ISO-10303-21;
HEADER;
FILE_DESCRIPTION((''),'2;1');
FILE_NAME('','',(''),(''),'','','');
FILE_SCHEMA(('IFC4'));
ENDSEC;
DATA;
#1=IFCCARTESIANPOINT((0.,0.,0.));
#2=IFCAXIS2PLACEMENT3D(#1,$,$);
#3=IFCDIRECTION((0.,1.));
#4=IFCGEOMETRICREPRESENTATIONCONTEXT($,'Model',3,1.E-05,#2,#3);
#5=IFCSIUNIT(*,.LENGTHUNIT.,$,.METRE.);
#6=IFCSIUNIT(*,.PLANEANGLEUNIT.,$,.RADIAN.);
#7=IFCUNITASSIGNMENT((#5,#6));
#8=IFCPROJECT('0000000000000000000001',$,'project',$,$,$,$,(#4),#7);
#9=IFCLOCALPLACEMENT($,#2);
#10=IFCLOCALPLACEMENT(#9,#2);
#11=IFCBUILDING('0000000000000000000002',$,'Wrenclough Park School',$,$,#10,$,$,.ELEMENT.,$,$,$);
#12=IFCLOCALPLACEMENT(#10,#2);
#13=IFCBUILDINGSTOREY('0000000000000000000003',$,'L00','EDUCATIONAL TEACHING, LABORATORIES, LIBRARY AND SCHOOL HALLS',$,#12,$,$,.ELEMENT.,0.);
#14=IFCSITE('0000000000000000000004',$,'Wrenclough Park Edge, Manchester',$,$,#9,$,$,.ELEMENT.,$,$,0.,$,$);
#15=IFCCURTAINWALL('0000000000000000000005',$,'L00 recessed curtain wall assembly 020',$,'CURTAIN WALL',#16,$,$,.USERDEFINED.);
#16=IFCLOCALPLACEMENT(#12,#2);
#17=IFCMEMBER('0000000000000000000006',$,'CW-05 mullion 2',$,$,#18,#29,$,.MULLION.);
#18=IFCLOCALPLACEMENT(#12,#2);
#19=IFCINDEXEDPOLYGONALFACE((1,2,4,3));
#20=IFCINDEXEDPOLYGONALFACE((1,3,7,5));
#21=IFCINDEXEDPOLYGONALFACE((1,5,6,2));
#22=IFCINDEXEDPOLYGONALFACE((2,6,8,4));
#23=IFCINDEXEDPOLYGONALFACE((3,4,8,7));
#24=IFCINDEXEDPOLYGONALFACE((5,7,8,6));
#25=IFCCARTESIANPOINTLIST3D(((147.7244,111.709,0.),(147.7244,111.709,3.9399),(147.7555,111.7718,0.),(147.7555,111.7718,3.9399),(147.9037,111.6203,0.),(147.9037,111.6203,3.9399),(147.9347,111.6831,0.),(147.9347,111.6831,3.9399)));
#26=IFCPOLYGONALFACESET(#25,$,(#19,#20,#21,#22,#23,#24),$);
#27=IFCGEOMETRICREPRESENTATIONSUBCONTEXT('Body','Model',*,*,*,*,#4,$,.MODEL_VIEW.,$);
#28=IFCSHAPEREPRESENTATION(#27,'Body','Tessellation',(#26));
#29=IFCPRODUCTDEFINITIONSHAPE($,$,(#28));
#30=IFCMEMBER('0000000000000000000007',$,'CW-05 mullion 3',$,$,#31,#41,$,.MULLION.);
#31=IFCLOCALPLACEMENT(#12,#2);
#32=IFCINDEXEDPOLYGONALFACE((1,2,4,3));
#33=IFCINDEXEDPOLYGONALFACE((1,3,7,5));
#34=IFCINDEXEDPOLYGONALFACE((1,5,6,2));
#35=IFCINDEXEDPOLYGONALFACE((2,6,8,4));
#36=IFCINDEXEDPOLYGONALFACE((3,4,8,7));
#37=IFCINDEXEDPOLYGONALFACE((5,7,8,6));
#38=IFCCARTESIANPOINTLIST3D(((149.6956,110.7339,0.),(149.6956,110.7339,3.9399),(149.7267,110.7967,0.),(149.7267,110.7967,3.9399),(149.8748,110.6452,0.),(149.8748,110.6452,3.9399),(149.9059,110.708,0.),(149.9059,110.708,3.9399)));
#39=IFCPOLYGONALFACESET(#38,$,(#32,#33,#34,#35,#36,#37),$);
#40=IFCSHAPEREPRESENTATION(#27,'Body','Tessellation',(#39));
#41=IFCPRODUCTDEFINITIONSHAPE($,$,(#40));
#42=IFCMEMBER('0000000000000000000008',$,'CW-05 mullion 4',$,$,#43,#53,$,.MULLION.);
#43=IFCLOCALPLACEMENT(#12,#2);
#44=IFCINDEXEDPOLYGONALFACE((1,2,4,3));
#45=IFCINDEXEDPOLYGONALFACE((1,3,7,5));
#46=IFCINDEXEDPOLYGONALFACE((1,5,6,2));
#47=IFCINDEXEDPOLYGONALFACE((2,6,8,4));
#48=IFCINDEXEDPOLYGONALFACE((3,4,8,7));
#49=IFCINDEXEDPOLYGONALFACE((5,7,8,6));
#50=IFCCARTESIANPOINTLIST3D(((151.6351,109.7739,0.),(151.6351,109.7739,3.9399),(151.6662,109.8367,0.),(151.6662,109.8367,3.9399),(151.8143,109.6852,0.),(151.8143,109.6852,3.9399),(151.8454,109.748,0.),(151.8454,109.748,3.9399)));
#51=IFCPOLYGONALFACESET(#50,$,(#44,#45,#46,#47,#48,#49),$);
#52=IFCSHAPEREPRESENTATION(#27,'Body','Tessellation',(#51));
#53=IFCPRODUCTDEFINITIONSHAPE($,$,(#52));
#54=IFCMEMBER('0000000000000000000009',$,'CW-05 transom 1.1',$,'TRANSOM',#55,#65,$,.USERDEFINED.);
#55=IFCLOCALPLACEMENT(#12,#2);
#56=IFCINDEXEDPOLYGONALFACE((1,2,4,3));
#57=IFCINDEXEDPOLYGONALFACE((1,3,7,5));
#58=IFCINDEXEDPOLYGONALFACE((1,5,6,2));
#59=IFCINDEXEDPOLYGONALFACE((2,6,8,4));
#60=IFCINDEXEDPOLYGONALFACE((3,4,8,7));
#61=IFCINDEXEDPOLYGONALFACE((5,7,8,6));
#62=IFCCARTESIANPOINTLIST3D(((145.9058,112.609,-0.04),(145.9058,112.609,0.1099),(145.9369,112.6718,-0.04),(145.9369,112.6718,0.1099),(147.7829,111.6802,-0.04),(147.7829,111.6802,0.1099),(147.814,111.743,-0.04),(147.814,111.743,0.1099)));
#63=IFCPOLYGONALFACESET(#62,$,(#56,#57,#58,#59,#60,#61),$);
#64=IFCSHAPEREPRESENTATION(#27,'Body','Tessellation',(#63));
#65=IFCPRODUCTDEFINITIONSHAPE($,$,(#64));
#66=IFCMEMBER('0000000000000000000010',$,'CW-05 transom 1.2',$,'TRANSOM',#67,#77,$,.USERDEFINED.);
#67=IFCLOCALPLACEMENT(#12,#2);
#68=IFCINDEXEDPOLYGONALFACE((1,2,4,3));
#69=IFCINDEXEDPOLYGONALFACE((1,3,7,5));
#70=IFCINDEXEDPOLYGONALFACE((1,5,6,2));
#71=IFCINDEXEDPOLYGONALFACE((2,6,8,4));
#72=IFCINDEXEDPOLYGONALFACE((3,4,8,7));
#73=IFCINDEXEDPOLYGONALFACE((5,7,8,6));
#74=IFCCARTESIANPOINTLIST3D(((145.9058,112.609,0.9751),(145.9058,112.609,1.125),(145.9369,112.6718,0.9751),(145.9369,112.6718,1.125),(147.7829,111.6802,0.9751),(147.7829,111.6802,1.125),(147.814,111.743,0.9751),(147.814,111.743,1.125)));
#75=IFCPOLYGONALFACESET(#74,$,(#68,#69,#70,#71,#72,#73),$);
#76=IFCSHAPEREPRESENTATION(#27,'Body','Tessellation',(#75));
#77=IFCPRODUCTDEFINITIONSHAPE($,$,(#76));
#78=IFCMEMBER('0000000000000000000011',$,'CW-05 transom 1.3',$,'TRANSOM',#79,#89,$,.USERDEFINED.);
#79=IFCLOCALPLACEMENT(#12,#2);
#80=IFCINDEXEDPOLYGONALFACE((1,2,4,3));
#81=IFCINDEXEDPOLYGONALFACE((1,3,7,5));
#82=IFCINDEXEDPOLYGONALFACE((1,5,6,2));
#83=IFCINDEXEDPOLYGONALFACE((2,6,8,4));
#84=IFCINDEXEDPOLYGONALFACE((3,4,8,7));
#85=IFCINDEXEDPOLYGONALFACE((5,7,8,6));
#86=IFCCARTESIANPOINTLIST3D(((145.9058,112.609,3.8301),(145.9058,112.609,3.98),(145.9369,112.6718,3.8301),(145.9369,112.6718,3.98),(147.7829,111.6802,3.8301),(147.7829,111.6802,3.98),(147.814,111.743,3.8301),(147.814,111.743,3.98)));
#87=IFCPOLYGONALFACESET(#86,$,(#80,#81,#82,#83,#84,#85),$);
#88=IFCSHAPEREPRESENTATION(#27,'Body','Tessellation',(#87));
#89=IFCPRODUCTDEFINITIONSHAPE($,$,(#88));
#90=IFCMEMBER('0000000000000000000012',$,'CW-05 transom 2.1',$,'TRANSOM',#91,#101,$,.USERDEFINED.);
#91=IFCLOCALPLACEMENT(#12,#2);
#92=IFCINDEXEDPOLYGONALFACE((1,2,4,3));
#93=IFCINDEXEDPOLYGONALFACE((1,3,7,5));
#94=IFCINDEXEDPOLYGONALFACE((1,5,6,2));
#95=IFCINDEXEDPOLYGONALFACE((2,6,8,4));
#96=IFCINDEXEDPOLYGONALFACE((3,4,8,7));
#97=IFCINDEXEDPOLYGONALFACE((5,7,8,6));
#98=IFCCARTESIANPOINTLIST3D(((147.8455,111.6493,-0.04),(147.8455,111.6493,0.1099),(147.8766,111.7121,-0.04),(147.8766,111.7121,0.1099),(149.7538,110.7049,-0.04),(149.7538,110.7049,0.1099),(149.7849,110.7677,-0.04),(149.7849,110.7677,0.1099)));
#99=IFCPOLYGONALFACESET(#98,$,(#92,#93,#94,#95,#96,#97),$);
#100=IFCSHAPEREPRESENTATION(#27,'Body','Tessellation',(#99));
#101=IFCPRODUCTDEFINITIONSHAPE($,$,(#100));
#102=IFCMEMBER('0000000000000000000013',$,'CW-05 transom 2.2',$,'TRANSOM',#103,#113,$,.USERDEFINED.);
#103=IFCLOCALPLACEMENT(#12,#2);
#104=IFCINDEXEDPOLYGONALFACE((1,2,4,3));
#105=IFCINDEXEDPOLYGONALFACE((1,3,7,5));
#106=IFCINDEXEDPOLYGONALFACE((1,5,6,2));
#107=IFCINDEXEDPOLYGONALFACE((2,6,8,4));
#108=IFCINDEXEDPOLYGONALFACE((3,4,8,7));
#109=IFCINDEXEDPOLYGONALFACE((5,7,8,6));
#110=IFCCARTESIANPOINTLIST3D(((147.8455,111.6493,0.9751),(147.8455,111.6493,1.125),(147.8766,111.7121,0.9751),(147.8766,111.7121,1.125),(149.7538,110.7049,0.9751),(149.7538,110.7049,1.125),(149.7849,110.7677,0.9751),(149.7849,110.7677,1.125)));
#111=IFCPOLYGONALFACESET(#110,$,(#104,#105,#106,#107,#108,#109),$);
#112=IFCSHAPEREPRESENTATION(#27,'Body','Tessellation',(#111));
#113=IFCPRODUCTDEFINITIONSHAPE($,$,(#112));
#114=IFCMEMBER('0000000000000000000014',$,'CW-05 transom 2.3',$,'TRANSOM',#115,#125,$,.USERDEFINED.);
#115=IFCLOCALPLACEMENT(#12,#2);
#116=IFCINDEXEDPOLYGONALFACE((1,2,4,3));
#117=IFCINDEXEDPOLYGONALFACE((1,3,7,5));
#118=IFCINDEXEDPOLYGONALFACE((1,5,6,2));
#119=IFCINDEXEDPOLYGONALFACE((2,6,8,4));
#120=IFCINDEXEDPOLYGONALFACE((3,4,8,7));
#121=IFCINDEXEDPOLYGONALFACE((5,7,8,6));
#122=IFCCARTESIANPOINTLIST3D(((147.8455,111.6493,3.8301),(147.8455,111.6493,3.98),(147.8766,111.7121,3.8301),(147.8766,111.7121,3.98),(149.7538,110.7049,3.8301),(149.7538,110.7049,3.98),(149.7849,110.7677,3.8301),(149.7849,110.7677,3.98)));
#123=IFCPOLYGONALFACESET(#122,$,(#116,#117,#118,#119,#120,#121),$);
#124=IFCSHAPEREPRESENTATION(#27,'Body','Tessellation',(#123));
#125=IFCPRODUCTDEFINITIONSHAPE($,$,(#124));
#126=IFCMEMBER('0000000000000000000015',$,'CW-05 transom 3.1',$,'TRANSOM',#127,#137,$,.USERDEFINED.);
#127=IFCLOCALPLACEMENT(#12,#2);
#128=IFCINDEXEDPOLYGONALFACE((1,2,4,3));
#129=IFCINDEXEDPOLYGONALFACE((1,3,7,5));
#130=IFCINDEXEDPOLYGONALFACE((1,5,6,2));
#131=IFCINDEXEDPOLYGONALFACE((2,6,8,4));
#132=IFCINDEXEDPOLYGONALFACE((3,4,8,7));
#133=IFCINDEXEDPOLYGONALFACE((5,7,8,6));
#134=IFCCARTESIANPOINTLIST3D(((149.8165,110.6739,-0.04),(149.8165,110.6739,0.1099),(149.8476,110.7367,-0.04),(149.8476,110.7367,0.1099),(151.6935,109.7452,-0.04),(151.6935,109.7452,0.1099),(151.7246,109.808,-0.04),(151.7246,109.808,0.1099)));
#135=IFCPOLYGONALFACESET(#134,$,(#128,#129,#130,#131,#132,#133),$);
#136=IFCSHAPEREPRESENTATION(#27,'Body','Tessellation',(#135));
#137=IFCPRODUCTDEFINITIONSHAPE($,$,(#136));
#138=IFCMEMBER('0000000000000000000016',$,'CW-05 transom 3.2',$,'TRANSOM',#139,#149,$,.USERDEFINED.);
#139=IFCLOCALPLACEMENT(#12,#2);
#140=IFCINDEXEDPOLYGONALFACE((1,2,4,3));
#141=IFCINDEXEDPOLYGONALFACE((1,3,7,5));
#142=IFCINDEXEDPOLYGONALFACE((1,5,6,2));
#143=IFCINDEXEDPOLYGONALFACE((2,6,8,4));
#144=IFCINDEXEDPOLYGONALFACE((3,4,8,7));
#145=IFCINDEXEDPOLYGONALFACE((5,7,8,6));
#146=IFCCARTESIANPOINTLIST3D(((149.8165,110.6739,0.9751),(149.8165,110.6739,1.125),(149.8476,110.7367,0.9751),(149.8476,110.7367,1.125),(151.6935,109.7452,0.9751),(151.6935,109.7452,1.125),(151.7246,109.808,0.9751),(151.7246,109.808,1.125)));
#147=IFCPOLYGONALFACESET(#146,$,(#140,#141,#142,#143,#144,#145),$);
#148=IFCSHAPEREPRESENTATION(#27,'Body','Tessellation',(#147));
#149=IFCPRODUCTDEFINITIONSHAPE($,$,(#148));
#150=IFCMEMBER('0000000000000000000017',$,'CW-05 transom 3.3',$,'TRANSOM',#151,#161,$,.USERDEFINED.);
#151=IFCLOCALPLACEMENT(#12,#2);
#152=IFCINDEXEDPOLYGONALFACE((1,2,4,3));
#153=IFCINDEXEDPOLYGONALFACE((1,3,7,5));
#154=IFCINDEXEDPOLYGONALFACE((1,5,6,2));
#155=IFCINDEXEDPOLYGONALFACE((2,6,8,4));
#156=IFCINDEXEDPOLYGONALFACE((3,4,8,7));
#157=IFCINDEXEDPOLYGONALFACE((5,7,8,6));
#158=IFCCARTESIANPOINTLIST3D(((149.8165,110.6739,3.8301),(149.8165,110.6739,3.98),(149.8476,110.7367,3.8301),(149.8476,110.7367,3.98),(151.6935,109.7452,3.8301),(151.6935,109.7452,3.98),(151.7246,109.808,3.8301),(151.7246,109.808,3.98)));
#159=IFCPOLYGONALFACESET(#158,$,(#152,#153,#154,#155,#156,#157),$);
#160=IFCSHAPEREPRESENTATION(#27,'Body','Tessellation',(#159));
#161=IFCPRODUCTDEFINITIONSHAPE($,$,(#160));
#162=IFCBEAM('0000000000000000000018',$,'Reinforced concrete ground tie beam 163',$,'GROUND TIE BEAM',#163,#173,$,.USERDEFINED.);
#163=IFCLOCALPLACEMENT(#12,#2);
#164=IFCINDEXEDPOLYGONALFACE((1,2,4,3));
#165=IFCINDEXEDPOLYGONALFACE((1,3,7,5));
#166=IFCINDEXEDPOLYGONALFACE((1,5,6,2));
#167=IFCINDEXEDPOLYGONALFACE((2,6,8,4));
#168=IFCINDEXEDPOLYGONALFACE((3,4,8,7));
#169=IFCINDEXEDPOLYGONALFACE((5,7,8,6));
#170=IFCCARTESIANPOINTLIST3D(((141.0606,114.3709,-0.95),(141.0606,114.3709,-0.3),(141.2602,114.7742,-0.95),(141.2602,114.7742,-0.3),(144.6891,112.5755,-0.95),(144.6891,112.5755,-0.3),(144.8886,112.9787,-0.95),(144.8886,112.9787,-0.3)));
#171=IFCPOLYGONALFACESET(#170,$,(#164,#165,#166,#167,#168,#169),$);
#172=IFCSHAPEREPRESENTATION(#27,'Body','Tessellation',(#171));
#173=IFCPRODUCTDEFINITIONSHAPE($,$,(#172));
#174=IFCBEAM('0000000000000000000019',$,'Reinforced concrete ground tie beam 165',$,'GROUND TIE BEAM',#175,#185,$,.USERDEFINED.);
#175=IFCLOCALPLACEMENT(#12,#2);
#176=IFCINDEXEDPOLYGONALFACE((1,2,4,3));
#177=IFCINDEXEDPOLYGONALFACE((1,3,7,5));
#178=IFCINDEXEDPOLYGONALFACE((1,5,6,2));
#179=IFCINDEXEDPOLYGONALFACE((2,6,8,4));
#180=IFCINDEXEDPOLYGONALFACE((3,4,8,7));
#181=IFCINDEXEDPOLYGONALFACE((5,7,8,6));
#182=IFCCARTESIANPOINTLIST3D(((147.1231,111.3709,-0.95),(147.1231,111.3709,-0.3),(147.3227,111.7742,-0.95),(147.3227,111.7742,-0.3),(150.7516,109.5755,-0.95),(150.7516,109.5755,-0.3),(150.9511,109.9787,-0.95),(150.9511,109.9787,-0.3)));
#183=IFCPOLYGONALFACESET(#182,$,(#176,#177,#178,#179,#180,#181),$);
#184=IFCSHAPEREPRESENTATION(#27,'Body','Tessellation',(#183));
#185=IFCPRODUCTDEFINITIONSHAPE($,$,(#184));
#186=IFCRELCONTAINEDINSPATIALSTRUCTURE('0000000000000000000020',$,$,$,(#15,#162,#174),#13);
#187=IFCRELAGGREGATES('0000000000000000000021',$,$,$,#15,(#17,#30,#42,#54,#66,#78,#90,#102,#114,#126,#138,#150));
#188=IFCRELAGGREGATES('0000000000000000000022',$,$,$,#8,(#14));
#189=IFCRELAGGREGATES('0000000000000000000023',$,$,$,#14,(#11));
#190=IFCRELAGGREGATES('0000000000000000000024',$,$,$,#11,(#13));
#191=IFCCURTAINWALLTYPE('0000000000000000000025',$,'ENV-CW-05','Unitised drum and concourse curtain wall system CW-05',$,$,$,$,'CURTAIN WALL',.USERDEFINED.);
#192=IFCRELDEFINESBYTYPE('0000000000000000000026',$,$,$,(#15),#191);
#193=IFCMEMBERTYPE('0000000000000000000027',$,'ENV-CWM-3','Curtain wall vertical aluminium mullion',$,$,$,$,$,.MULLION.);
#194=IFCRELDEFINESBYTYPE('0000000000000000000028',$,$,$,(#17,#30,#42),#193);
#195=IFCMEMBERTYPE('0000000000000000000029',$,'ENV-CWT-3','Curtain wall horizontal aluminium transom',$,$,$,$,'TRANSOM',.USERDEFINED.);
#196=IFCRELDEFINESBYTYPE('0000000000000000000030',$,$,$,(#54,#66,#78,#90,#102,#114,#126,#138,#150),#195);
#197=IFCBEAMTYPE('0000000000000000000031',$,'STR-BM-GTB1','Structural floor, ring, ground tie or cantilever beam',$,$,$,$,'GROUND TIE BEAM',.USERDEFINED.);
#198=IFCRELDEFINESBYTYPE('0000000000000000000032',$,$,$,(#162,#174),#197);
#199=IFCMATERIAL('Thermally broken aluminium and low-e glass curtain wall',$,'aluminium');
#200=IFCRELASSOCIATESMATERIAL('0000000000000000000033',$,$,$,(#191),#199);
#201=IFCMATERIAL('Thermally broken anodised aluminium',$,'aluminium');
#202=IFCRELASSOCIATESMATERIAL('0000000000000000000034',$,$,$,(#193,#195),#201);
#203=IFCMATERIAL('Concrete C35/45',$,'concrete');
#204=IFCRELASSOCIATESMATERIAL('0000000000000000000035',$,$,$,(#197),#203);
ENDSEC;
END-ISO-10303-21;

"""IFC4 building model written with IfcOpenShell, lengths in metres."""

from ifc_helpers import new_model, si_unit, direction, frame, origin, origin_2d, place, context, subcontext, project, spatial, rectangle, extrude, material, material_profile, profile_set, type_object, element, aggregate, save


model = new_model("IFC4")

# Units and contexts
model_context = context("Model", 3, precision=1e-05, world=origin(), true_north=direction((0.0, 1.0)))
body_context = subcontext(model_context, "Body", "Model", "MODEL_VIEW")
ifc_project = project(units=[si_unit("LENGTHUNIT", "METRE"), si_unit("PLANEANGLEUNIT", "RADIAN")], contexts=[model_context])

# Site, building, storey
site_placement = place(None, origin())
site = spatial("IfcSite", under=ifc_project, at=site_placement, Name="Wrenclough Park Edge, Manchester", CompositionType="ELEMENT", RefElevation=0.0)
building_placement = place(site_placement, origin())
building = spatial("IfcBuilding", under=site, at=building_placement, Name="Wrenclough Park School", CompositionType="ELEMENT")
storey_placement = place(building_placement, origin())
storey = spatial("IfcBuildingStorey", under=building, at=storey_placement, Name="L00", Description="EDUCATIONAL TEACHING, LABORATORIES, LIBRARY AND SCHOOL HALLS", CompositionType="ELEMENT", Elevation=0.0)

# Shared definitions
ifc_material_1 = material(Name="Concrete C35/45", Category="concrete")

# Curtain wall, members
ifc_material_2 = material(Name="Thermally broken aluminium and low-e glass curtain wall", Category="aluminium")
curtain_wall_type = type_object("IfcCurtainWallType", Name="ENV-CW-05", Description="Unitised drum and concourse curtain wall system CW-05", ElementType="CURTAIN WALL", PredefinedType="USERDEFINED", material=ifc_material_2)
curtain_wall_placement = place(storey_placement, origin())
curtain_wall = element("IfcCurtainWall", 1, at=curtain_wall_placement, inside=storey, type_object=curtain_wall_type, Name="L00 recessed curtain wall assembly 020", ObjectType="CURTAIN WALL", PredefinedType="USERDEFINED")
ifc_material_3 = material(Name="Thermally broken anodised aluminium", Category="aluminium")
ifc_material_profile_1 = material_profile(ifc_material_3, rectangle(XDim=0.0701, YDim=0.2, at=origin_2d()), Name="AL MULLION 70x200")
ifc_profile_set_1 = profile_set([ifc_material_profile_1], Name="Thermally broken anodised aluminium")
member_type_1 = type_object("IfcMemberType", Name="ENV-CWM-3", Description="Curtain wall vertical aluminium mullion", PredefinedType="MULLION", material=ifc_profile_set_1)
member_1_placement = place(storey_placement, frame((147.8296, 111.696, 0.0), z_axis=(0.0, 0.0, 1.0), x_axis=(0.443511, 0.896269, 0.0)))
member_1 = element("IfcMember", 2, at=member_1_placement, type_object=member_type_1, Name="CW-05 mullion 2", PredefinedType="MULLION", context=body_context, shape_type="SweptSolid", body=[
    extrude(rectangle(XDim=0.0701, YDim=0.2, at=origin_2d()), origin(), (0.0, 0.0, 1.0), 3.9399),
])
member_2_placement = place(storey_placement, frame((149.8008, 110.7209, 0.0), z_axis=(0.0, 0.0, 1.0), x_axis=(0.443511, 0.896269, 0.0)))
member_2 = element("IfcMember", 3, at=member_2_placement, type_object=member_type_1, Name="CW-05 mullion 3", PredefinedType="MULLION", context=body_context, shape_type="SweptSolid", body=[
    extrude(rectangle(XDim=0.0701, YDim=0.2, at=origin_2d()), origin(), (0.0, 0.0, 1.0), 3.9399),
])
member_3_placement = place(storey_placement, frame((151.7402, 109.761, 0.0), z_axis=(0.0, 0.0, 1.0), x_axis=(0.443511, 0.896269, 0.0)))
member_3 = element("IfcMember", 4, at=member_3_placement, type_object=member_type_1, Name="CW-05 mullion 4", PredefinedType="MULLION", context=body_context, shape_type="SweptSolid", body=[
    extrude(rectangle(XDim=0.0701, YDim=0.2, at=origin_2d()), origin(), (0.0, 0.0, 1.0), 3.9399),
])
ifc_material_profile_2 = material_profile(ifc_material_3, rectangle(XDim=0.0701, YDim=0.1499, at=origin_2d()), Name="AL TRANSOM 70x150")
ifc_profile_set_2 = profile_set([ifc_material_profile_2], Name="Thermally broken anodised aluminium")
member_type_2 = type_object("IfcMemberType", Name="ENV-CWT-3", Description="Curtain wall horizontal aluminium transom", ElementType="TRANSOM", PredefinedType="USERDEFINED", material=ifc_profile_set_2)
member_4_placement = place(storey_placement, frame((145.9214, 112.6404, 0.0349), z_axis=(0.896285, -0.443479, 0.0), x_axis=(0.443479, 0.896285, 0.0)))
member_4 = element("IfcMember", 5, at=member_4_placement, type_object=member_type_2, Name="CW-05 transom 1.1", ObjectType="TRANSOM", PredefinedType="USERDEFINED", context=body_context, shape_type="SweptSolid", body=[
    extrude(rectangle(XDim=0.0701, YDim=0.1499, at=origin_2d()), origin(), (0.0, 0.0, 1.0), 2.0942),
])
member_5_placement = place(storey_placement, frame((145.9214, 112.6404, 1.05), z_axis=(0.896285, -0.443479, 0.0), x_axis=(0.443479, 0.896285, 0.0)))
member_5 = element("IfcMember", 6, at=member_5_placement, type_object=member_type_2, Name="CW-05 transom 1.2", ObjectType="TRANSOM", PredefinedType="USERDEFINED", context=body_context, shape_type="SweptSolid", body=[
    extrude(rectangle(XDim=0.0701, YDim=0.1499, at=origin_2d()), origin(), (0.0, 0.0, 1.0), 2.0942),
])
member_6_placement = place(storey_placement, frame((145.9214, 112.6404, 3.905), z_axis=(0.896285, -0.443479, 0.0), x_axis=(0.443479, 0.896285, 0.0)))
member_6 = element("IfcMember", 7, at=member_6_placement, type_object=member_type_2, Name="CW-05 transom 1.3", ObjectType="TRANSOM", PredefinedType="USERDEFINED", context=body_context, shape_type="SweptSolid", body=[
    extrude(rectangle(XDim=0.0701, YDim=0.1499, at=origin_2d()), origin(), (0.0, 0.0, 1.0), 2.0942),
])
member_7_placement = place(storey_placement, frame((147.8611, 111.6807, 0.0349), z_axis=(0.896254, -0.44354, 0.0), x_axis=(0.44354, 0.896254, 0.0)))
member_7 = element("IfcMember", 8, at=member_7_placement, type_object=member_type_2, Name="CW-05 transom 2.1", ObjectType="TRANSOM", PredefinedType="USERDEFINED", context=body_context, shape_type="SweptSolid", body=[
    extrude(rectangle(XDim=0.0701, YDim=0.1499, at=origin_2d()), origin(), (0.0, 0.0, 1.0), 2.1292),
])
member_8_placement = place(storey_placement, frame((147.8611, 111.6807, 1.05), z_axis=(0.896254, -0.44354, 0.0), x_axis=(0.44354, 0.896254, 0.0)))
member_8 = element("IfcMember", 9, at=member_8_placement, type_object=member_type_2, Name="CW-05 transom 2.2", ObjectType="TRANSOM", PredefinedType="USERDEFINED", context=body_context, shape_type="SweptSolid", body=[
    extrude(rectangle(XDim=0.0701, YDim=0.1499, at=origin_2d()), origin(), (0.0, 0.0, 1.0), 2.1292),
])
member_9_placement = place(storey_placement, frame((147.8611, 111.6807, 3.905), z_axis=(0.896254, -0.44354, 0.0), x_axis=(0.44354, 0.896254, 0.0)))
member_9 = element("IfcMember", 10, at=member_9_placement, type_object=member_type_2, Name="CW-05 transom 2.3", ObjectType="TRANSOM", PredefinedType="USERDEFINED", context=body_context, shape_type="SweptSolid", body=[
    extrude(rectangle(XDim=0.0701, YDim=0.1499, at=origin_2d()), origin(), (0.0, 0.0, 1.0), 2.1292),
])
member_10_placement = place(storey_placement, frame((149.832, 110.7053, 0.0349), z_axis=(0.896285, -0.443479, 0.0), x_axis=(0.443479, 0.896285, 0.0)))
member_10 = element("IfcMember", 11, at=member_10_placement, type_object=member_type_2, Name="CW-05 transom 3.1", ObjectType="TRANSOM", PredefinedType="USERDEFINED", context=body_context, shape_type="SweptSolid", body=[
    extrude(rectangle(XDim=0.0701, YDim=0.1499, at=origin_2d()), origin(), (0.0, 0.0, 1.0), 2.0942),
])
member_11_placement = place(storey_placement, frame((149.832, 110.7053, 1.05), z_axis=(0.896285, -0.443479, 0.0), x_axis=(0.443479, 0.896285, 0.0)))
member_11 = element("IfcMember", 12, at=member_11_placement, type_object=member_type_2, Name="CW-05 transom 3.2", ObjectType="TRANSOM", PredefinedType="USERDEFINED", context=body_context, shape_type="SweptSolid", body=[
    extrude(rectangle(XDim=0.0701, YDim=0.1499, at=origin_2d()), origin(), (0.0, 0.0, 1.0), 2.0942),
])
member_12_placement = place(storey_placement, frame((149.832, 110.7053, 3.905), z_axis=(0.896285, -0.443479, 0.0), x_axis=(0.443479, 0.896285, 0.0)))
member_12 = element("IfcMember", 13, at=member_12_placement, type_object=member_type_2, Name="CW-05 transom 3.3", ObjectType="TRANSOM", PredefinedType="USERDEFINED", context=body_context, shape_type="SweptSolid", body=[
    extrude(rectangle(XDim=0.0701, YDim=0.1499, at=origin_2d()), origin(), (0.0, 0.0, 1.0), 2.0942),
])

# Beams
ifc_material_profile_3 = material_profile(ifc_material_1, rectangle(XDim=0.45, YDim=0.6499, at=origin_2d()), Name="RC GROUND 450x650")
ifc_profile_set_3 = profile_set([ifc_material_profile_3], Name="Concrete C35/45")
beam_type = type_object("IfcBeamType", Name="STR-BM-GTB1", Description="Structural floor, ring, ground tie or cantilever beam", ElementType="GROUND TIE BEAM", PredefinedType="USERDEFINED", material=ifc_profile_set_3)
for number, where, z_axis, x_axis, name in (
    (14, (141.1604, 114.5725, -0.625), (0.896277, -0.443495, 0.0), (0.443495, 0.896277, 0.0), "Reinforced concrete ground tie beam 163"),
    (15, (147.2229, 111.5725, -0.625), (0.896277, -0.443495, 0.0), (0.443495, 0.896277, 0.0), "Reinforced concrete ground tie beam 165"),
):
    element("IfcBeam", number, at=place(storey_placement, frame(where, z_axis=z_axis, x_axis=x_axis)), inside=storey, type_object=beam_type, Name=name, ObjectType="GROUND TIE BEAM", PredefinedType="USERDEFINED", context=body_context, shape_type="SweptSolid", body=[
        extrude(rectangle(XDim=0.45, YDim=0.6499, at=origin_2d()), origin(), (0.0, 0.0, 1.0), 4.0483),
    ])

aggregate(curtain_wall, [member_1, member_2, member_3, member_4, member_5, member_6, member_7, member_8, member_9, member_10, member_11, member_12])

save(model, "model.ifc")
